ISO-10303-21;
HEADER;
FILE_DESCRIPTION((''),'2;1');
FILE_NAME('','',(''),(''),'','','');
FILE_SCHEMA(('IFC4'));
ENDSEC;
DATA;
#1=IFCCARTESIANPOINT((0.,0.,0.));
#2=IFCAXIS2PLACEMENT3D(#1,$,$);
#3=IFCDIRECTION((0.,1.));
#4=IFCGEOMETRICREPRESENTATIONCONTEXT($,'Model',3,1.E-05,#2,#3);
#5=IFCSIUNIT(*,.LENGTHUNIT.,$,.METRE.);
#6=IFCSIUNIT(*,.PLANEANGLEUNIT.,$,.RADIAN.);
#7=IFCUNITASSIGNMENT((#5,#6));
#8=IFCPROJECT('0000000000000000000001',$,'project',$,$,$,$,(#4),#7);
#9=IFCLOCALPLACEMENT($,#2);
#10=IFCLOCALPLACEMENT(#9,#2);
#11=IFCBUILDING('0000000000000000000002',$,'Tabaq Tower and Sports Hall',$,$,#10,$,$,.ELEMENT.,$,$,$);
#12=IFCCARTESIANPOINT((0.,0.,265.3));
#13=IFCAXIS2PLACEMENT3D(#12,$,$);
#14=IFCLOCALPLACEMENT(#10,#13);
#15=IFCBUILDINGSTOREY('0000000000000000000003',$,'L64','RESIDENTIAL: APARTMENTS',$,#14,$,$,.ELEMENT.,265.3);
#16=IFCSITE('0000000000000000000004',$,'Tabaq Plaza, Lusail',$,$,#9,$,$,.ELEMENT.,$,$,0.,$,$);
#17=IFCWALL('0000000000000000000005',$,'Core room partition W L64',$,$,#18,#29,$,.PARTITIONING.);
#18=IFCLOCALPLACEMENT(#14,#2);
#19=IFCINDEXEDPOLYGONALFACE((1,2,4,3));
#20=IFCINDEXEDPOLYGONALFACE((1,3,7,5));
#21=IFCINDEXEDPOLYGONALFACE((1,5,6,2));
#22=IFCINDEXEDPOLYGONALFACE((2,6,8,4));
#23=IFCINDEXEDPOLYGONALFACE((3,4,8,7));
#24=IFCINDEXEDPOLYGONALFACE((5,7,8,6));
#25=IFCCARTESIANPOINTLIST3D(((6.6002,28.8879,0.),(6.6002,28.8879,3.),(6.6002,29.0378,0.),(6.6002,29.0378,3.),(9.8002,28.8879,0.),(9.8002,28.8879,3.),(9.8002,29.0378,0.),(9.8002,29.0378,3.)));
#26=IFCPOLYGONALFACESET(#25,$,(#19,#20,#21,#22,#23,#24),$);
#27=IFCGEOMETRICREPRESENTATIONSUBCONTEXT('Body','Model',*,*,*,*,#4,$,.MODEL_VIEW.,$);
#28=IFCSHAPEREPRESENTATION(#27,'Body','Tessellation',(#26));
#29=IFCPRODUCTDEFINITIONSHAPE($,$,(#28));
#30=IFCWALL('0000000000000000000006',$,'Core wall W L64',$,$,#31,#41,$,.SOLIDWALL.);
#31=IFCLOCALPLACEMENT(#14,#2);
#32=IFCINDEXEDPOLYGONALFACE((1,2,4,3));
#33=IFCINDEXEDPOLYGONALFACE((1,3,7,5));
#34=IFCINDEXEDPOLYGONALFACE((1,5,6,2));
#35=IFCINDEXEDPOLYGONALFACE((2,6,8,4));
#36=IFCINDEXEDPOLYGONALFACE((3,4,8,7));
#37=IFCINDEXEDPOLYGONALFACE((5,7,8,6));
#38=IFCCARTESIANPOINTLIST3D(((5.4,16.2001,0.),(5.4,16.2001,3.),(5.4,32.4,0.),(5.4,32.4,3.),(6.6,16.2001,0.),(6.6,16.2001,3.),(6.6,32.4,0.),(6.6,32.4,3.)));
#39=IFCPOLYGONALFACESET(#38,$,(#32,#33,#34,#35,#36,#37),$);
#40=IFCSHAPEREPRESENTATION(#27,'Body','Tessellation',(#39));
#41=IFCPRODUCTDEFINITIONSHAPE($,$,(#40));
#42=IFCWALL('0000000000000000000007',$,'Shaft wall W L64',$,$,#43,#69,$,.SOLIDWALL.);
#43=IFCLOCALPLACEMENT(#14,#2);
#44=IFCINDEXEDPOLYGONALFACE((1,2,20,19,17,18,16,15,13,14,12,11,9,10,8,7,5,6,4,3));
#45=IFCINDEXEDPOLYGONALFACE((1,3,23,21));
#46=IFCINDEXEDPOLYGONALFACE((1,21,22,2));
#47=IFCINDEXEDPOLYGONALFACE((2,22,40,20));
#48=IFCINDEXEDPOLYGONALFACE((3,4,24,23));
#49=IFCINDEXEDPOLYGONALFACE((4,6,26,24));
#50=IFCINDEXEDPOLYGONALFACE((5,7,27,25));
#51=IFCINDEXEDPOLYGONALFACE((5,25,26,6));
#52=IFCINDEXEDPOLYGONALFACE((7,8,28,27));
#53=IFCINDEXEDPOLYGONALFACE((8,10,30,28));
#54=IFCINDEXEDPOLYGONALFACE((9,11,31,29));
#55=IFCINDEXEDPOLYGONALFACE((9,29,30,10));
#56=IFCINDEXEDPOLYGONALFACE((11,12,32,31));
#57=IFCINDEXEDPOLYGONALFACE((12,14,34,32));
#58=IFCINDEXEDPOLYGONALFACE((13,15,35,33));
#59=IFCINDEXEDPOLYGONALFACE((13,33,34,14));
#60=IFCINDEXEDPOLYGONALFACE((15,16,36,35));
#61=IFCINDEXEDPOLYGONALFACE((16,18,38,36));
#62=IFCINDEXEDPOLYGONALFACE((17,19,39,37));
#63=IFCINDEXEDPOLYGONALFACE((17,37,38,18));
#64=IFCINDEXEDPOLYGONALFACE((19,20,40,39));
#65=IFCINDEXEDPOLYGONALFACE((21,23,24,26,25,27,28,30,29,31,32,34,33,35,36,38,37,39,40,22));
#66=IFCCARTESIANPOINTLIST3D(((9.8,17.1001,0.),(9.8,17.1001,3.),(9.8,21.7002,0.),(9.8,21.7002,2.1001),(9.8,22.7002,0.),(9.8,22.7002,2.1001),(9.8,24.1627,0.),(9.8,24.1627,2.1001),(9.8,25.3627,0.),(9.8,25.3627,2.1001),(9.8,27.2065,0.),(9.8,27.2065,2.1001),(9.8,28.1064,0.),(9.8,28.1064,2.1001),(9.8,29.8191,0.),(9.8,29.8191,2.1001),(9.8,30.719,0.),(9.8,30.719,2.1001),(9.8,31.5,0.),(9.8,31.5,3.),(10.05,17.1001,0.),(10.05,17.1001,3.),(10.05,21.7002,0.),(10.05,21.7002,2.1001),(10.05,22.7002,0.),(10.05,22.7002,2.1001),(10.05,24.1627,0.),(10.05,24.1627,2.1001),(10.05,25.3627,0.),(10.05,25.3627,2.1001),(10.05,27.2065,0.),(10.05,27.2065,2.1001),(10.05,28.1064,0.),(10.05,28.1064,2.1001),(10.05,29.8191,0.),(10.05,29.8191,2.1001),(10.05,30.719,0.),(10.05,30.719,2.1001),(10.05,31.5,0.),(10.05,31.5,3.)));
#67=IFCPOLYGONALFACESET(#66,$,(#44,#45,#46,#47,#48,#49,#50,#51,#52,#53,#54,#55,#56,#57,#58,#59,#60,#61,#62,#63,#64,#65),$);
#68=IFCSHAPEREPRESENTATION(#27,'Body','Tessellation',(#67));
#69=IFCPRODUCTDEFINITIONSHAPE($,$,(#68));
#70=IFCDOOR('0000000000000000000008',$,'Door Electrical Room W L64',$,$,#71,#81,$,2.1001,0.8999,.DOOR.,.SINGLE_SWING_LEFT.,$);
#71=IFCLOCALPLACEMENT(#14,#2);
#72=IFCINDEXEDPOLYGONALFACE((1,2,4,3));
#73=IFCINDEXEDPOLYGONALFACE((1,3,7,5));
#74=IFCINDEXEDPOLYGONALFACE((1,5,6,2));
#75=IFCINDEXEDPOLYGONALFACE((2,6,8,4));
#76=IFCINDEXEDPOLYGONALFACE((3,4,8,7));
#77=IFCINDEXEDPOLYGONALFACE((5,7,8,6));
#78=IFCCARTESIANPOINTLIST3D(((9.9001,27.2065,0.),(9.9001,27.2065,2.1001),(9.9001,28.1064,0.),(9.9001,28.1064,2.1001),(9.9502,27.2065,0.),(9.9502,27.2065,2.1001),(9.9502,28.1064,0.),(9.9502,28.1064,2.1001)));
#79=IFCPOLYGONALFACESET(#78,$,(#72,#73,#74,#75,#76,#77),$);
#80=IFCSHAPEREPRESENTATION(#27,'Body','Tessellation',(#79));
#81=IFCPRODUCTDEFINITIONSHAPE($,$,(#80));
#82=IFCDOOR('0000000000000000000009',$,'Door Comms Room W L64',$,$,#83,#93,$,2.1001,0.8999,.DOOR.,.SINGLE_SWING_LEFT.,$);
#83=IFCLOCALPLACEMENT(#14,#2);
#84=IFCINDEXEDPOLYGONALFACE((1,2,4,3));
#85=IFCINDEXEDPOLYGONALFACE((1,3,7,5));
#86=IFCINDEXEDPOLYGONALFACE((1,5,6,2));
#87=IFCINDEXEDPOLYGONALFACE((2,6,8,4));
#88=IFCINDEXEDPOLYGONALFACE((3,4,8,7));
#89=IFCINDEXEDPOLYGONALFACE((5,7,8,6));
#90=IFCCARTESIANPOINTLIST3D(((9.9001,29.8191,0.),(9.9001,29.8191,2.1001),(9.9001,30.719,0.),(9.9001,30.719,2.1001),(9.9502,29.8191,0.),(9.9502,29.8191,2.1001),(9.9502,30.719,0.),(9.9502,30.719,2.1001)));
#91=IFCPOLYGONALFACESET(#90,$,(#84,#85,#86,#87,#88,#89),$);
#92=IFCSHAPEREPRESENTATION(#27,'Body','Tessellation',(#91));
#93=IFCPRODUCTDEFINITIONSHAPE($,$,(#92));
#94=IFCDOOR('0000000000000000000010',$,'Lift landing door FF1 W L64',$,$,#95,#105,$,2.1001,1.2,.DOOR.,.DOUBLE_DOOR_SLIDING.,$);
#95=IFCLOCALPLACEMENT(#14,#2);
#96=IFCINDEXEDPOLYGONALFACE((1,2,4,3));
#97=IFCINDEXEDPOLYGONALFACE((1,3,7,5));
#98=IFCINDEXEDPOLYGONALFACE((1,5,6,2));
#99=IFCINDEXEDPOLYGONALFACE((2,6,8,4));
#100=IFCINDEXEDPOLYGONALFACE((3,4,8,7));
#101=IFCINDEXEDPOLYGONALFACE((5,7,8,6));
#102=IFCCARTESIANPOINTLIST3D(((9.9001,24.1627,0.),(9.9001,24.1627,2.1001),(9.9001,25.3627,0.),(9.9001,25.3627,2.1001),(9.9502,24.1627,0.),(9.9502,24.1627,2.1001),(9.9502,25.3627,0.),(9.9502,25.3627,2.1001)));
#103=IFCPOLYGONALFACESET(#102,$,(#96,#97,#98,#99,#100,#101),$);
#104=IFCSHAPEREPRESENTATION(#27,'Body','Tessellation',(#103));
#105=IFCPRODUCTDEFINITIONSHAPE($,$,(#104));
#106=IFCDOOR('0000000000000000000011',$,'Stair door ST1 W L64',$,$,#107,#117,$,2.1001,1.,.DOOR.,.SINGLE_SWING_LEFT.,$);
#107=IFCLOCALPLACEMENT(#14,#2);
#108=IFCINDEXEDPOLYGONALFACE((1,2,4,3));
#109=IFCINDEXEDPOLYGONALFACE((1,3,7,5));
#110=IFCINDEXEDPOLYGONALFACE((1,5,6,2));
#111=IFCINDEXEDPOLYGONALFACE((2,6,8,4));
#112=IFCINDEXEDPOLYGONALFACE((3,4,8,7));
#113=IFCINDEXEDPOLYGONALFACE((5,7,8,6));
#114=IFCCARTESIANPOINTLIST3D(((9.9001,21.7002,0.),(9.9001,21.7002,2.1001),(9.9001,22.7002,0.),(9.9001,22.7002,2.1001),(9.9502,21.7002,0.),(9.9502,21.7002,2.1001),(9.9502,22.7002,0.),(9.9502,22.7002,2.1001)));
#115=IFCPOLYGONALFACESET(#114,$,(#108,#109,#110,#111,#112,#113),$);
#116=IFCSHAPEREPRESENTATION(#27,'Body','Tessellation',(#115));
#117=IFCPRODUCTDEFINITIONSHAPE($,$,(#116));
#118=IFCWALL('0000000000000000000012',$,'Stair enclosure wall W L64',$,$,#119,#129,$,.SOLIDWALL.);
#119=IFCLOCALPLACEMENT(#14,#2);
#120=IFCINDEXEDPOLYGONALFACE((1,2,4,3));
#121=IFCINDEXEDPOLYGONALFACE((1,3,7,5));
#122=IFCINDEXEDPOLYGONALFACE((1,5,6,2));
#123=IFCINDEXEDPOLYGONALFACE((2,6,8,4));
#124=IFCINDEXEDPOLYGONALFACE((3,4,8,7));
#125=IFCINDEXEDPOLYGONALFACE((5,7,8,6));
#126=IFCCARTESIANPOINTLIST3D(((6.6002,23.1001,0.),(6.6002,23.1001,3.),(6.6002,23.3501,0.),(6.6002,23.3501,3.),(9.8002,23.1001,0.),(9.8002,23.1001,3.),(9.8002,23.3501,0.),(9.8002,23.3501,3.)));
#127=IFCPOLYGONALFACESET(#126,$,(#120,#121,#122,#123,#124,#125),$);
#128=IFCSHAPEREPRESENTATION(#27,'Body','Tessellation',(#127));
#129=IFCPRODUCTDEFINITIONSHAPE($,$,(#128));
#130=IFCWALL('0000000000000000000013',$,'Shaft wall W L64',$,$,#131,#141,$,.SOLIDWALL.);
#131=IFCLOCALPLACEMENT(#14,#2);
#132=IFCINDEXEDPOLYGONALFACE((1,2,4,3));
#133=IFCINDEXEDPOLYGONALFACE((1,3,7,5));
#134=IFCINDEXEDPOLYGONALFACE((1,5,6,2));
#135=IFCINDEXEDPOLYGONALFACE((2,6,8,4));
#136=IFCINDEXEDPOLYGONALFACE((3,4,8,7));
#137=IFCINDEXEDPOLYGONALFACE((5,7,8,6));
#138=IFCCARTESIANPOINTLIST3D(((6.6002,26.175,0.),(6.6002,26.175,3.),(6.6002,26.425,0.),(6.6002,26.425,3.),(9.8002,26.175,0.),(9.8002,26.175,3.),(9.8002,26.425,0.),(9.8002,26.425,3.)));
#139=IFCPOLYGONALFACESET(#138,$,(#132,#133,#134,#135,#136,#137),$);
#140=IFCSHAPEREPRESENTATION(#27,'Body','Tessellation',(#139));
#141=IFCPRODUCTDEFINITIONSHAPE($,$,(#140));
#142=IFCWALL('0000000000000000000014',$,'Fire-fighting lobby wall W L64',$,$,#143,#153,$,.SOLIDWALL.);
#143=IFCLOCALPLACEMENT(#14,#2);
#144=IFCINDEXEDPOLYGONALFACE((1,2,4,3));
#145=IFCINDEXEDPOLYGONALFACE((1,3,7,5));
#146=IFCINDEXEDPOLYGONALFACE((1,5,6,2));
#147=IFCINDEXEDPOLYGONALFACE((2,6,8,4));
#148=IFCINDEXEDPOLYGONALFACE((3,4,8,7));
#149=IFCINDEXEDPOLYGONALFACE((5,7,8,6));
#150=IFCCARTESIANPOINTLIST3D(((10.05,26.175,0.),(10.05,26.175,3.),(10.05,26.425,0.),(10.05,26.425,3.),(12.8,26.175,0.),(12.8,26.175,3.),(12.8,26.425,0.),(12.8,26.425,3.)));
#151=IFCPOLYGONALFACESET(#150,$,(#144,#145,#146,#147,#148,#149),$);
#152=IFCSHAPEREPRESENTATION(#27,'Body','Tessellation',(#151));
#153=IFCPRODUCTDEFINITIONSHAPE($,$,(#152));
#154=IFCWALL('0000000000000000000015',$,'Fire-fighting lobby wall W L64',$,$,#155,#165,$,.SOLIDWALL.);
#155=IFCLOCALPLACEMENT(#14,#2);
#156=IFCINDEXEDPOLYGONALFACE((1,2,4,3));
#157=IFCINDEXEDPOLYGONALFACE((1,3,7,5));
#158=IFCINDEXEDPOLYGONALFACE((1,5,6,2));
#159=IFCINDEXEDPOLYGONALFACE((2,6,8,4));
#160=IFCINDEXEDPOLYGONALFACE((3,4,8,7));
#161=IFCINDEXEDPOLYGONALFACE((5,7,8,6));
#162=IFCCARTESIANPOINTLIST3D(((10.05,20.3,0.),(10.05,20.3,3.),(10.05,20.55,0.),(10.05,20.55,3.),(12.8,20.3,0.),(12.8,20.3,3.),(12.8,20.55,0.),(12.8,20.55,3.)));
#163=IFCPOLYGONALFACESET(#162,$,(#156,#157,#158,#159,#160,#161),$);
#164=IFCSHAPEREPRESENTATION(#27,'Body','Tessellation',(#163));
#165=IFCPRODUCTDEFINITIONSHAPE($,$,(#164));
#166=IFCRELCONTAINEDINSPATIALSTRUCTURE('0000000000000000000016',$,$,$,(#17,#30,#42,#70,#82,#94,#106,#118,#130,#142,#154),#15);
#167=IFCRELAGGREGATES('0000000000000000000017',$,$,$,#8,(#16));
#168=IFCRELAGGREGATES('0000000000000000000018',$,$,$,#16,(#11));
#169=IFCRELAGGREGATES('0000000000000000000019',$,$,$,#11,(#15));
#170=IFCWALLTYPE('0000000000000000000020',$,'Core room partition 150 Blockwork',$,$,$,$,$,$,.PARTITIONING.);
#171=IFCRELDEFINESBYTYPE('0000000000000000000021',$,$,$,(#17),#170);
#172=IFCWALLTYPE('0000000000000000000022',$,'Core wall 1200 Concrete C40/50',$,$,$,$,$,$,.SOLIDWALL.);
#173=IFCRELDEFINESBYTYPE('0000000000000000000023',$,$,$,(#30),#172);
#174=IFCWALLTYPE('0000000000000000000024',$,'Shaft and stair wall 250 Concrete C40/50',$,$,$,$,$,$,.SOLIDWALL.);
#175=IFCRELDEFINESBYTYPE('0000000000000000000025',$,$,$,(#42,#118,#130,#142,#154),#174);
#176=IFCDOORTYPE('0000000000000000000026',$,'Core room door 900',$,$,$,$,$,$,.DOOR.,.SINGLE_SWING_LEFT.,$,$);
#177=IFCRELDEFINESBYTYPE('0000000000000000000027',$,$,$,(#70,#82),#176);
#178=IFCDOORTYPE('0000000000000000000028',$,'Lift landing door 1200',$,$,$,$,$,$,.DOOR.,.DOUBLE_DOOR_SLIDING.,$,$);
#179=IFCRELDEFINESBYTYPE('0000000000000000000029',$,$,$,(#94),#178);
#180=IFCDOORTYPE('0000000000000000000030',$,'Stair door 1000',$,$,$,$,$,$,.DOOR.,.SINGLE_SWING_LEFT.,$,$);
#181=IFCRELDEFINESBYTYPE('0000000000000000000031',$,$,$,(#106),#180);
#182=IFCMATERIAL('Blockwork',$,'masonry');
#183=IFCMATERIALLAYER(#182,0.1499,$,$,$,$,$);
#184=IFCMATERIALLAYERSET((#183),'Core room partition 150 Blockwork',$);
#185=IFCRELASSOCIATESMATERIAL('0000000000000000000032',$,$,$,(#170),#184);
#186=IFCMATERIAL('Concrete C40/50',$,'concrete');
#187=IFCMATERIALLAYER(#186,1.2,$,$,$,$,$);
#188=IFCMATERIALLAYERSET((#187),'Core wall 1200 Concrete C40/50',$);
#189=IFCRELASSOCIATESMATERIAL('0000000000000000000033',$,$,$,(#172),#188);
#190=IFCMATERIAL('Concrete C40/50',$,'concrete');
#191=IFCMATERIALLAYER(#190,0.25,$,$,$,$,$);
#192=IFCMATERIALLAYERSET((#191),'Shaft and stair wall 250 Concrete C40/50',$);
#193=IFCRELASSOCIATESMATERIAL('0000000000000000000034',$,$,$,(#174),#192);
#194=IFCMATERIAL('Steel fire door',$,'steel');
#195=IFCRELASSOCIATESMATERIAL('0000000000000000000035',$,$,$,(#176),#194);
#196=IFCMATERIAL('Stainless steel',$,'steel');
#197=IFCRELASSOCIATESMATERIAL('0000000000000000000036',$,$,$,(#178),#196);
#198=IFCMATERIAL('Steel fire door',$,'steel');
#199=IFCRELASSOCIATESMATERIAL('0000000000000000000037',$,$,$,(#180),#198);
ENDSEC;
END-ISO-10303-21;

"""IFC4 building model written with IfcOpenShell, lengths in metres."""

from ifc_helpers import new_model, si_unit, direction, frame, frame_2d, origin, place, context, subcontext, project, spatial, rectangle, extrude, material, layer, layer_set, type_object, element, fill, save


model = new_model("IFC4")

# Units and contexts
model_context = context("Model", 3, precision=1e-05, world=origin(), true_north=direction((0.0, 1.0)))
body_context = subcontext(model_context, "Body", "Model", "MODEL_VIEW")
ifc_project = project(units=[si_unit("LENGTHUNIT", "METRE"), si_unit("PLANEANGLEUNIT", "RADIAN")], contexts=[model_context])

# Site, building, storey
site_placement = place(None, origin())
site = spatial("IfcSite", under=ifc_project, at=site_placement, Name="Tabaq Plaza, Lusail", CompositionType="ELEMENT", RefElevation=0.0)
building_placement = place(site_placement, origin())
building = spatial("IfcBuilding", under=site, at=building_placement, Name="Tabaq Tower and Sports Hall", CompositionType="ELEMENT")
storey_placement = place(building_placement, frame((0.0, 0.0, 265.3)))
storey = spatial("IfcBuildingStorey", under=building, at=storey_placement, Name="L64", Description="RESIDENTIAL: APARTMENTS", CompositionType="ELEMENT", Elevation=265.3)

# Walls
ifc_material_1 = material(Name="Blockwork", Category="masonry")
ifc_layer_1 = layer(ifc_material_1, 0.1499)
ifc_layer_set_1 = layer_set([ifc_layer_1], Name="Core room partition 150 Blockwork")
wall_type_1 = type_object("IfcWallType", Name="Core room partition 150 Blockwork", PredefinedType="PARTITIONING", material=ifc_layer_set_1)
wall_1_placement = place(storey_placement, frame((6.6001, 28.9629, 0.0), z_axis=(0.0, 0.0, 1.0), x_axis=(1.0, 0.0, 0.0)))
element("IfcWall", 1, at=wall_1_placement, inside=storey, type_object=wall_type_1, Name="Core room partition W L64", PredefinedType="PARTITIONING", context=body_context, shape_type="SweptSolid", body=[
    extrude(rectangle(XDim=3.2, YDim=0.1499, at=frame_2d((1.6001, 0.0))), origin(), (0.0, 0.0, 1.0), 3.0),
])
ifc_material_2 = material(Name="Concrete C40/50", Category="concrete")
ifc_layer_2 = layer(ifc_material_2, 1.2)
ifc_layer_set_2 = layer_set([ifc_layer_2], Name="Core wall 1200 Concrete C40/50")
wall_type_2 = type_object("IfcWallType", Name="Core wall 1200 Concrete C40/50", PredefinedType="SOLIDWALL", material=ifc_layer_set_2)
wall_2_placement = place(storey_placement, frame((6.0, 16.2, 0.0), z_axis=(0.0, 0.0, 1.0), x_axis=(0.0, 1.0, 0.0)))
element("IfcWall", 2, at=wall_2_placement, inside=storey, type_object=wall_type_2, Name="Core wall W L64", PredefinedType="SOLIDWALL", context=body_context, shape_type="SweptSolid", body=[
    extrude(rectangle(XDim=16.2, YDim=1.2, at=frame_2d((8.1001, 0.0))), origin(), (0.0, 0.0, 1.0), 3.0),
])

# Wall, openings, doors
ifc_material_3 = material(Name="Concrete C40/50", Category="concrete")
ifc_layer_3 = layer(ifc_material_3, 0.25)
ifc_layer_set_3 = layer_set([ifc_layer_3], Name="Shaft and stair wall 250 Concrete C40/50")
wall_type_3 = type_object("IfcWallType", Name="Shaft and stair wall 250 Concrete C40/50", PredefinedType="SOLIDWALL", material=ifc_layer_set_3)
wall_3_placement = place(storey_placement, frame((9.925, 17.1001, 0.0), z_axis=(0.0, 0.0, 1.0), x_axis=(0.0, 1.0, 0.0)))
wall_3 = element("IfcWall", 3, at=wall_3_placement, inside=storey, type_object=wall_type_3, Name="Shaft wall W L64", PredefinedType="SOLIDWALL", context=body_context, shape_type="SweptSolid", body=[
    extrude(rectangle(XDim=14.3999, YDim=0.25, at=frame_2d((7.2, 0.0))), origin(), (0.0, 0.0, 1.0), 3.0),
])
opening_1_placement = place(wall_3_placement, frame((4.6001, 0.0, 0.0)))
opening_1 = element("IfcOpeningElement", 4, at=opening_1_placement, cuts=wall_3, PredefinedType="OPENING", context=body_context, shape_type="SweptSolid", body=[
    extrude(rectangle(XDim=1.0, YDim=2.1001, at=frame_2d((0.5, 1.05))), frame((0.0, 0.125, 0.0), z_axis=(0.0, -1.0, 0.0), x_axis=(1.0, 0.0, 0.0)), (0.0, 0.0, 1.0), 0.25),
])
opening_2_placement = place(wall_3_placement, frame((7.0625, 0.0, 0.0)))
opening_2 = element("IfcOpeningElement", 5, at=opening_2_placement, cuts=wall_3, PredefinedType="OPENING", context=body_context, shape_type="SweptSolid", body=[
    extrude(rectangle(XDim=1.2, YDim=2.1001, at=frame_2d((0.6001, 1.05))), frame((0.0, 0.125, 0.0), z_axis=(0.0, -1.0, 0.0), x_axis=(1.0, 0.0, 0.0)), (0.0, 0.0, 1.0), 0.25),
])
opening_3_placement = place(wall_3_placement, frame((10.1064, 0.0, 0.0)))
opening_3 = element("IfcOpeningElement", 6, at=opening_3_placement, cuts=wall_3, PredefinedType="OPENING", context=body_context, shape_type="SweptSolid", body=[
    extrude(rectangle(XDim=0.8999, YDim=2.1001, at=frame_2d((0.45, 1.05))), frame((0.0, 0.125, 0.0), z_axis=(0.0, -1.0, 0.0), x_axis=(1.0, 0.0, 0.0)), (0.0, 0.0, 1.0), 0.25),
])
opening_4_placement = place(wall_3_placement, frame((12.719, 0.0, 0.0)))
opening_4 = element("IfcOpeningElement", 7, at=opening_4_placement, cuts=wall_3, PredefinedType="OPENING", context=body_context, shape_type="SweptSolid", body=[
    extrude(rectangle(XDim=0.8999, YDim=2.1001, at=frame_2d((0.45, 1.05))), frame((0.0, 0.125, 0.0), z_axis=(0.0, -1.0, 0.0), x_axis=(1.0, 0.0, 0.0)), (0.0, 0.0, 1.0), 0.25),
])
ifc_material_4 = material(Name="Steel fire door", Category="steel")
door_type_1 = type_object("IfcDoorType", Name="Core room door 900", OperationType="SINGLE_SWING_LEFT", PredefinedType="DOOR", material=ifc_material_4)
door_1_placement = place(opening_3_placement, origin())
door_1 = element("IfcDoor", 8, at=door_1_placement, inside=storey, type_object=door_type_1, Name="Door Electrical Room W L64", OperationType="SINGLE_SWING_LEFT", OverallHeight=2.1001, OverallWidth=0.8999, PredefinedType="DOOR", context=body_context, shape_type="SweptSolid", body=[
    extrude(rectangle(XDim=0.8999, YDim=2.1001, at=frame_2d((0.45, 1.05))), frame((0.0, 0.0249, 0.0), z_axis=(0.0, -1.0, 0.0), x_axis=(1.0, 0.0, 0.0)), (0.0, 0.0, 1.0), 0.05),
])
fill(opening_3, door_1)
door_2_placement = place(opening_4_placement, origin())
door_2 = element("IfcDoor", 9, at=door_2_placement, inside=storey, type_object=door_type_1, Name="Door Comms Room W L64", OperationType="SINGLE_SWING_LEFT", OverallHeight=2.1001, OverallWidth=0.8999, PredefinedType="DOOR", context=body_context, shape_type="SweptSolid", body=[
    extrude(rectangle(XDim=0.8999, YDim=2.1001, at=frame_2d((0.45, 1.05))), frame((0.0, 0.0249, 0.0), z_axis=(0.0, -1.0, 0.0), x_axis=(1.0, 0.0, 0.0)), (0.0, 0.0, 1.0), 0.05),
])
fill(opening_4, door_2)
ifc_material_5 = material(Name="Stainless steel", Category="steel")
door_type_2 = type_object("IfcDoorType", Name="Lift landing door 1200", OperationType="DOUBLE_DOOR_SLIDING", PredefinedType="DOOR", material=ifc_material_5)
door_3_placement = place(opening_2_placement, origin())
door_3 = element("IfcDoor", 10, at=door_3_placement, inside=storey, type_object=door_type_2, Name="Lift landing door FF1 W L64", OperationType="DOUBLE_DOOR_SLIDING", OverallHeight=2.1001, OverallWidth=1.2, PredefinedType="DOOR", context=body_context, shape_type="SweptSolid", body=[
    extrude(rectangle(XDim=1.2, YDim=2.1001, at=frame_2d((0.6001, 1.05))), frame((0.0, 0.0249, 0.0), z_axis=(0.0, -1.0, 0.0), x_axis=(1.0, 0.0, 0.0)), (0.0, 0.0, 1.0), 0.05),
])
fill(opening_2, door_3)
ifc_material_6 = material(Name="Steel fire door", Category="steel")
door_type_3 = type_object("IfcDoorType", Name="Stair door 1000", OperationType="SINGLE_SWING_LEFT", PredefinedType="DOOR", material=ifc_material_6)
door_4_placement = place(opening_1_placement, origin())
door_4 = element("IfcDoor", 11, at=door_4_placement, inside=storey, type_object=door_type_3, Name="Stair door ST1 W L64", OperationType="SINGLE_SWING_LEFT", OverallHeight=2.1001, OverallWidth=1.0, PredefinedType="DOOR", context=body_context, shape_type="SweptSolid", body=[
    extrude(rectangle(XDim=1.0, YDim=2.1001, at=frame_2d((0.5, 1.05))), frame((0.0, 0.0249, 0.0), z_axis=(0.0, -1.0, 0.0), x_axis=(1.0, 0.0, 0.0)), (0.0, 0.0, 1.0), 0.05),
])
fill(opening_1, door_4)

# Walls
for number, where, z_axis, x_axis, name in (
    (12, (6.6001, 23.2251, 0.0), (0.0, 0.0, 1.0), (1.0, 0.0, 0.0), "Stair enclosure wall W L64"),
    (13, (6.6001, 26.3, 0.0), (0.0, 0.0, 1.0), (1.0, 0.0, 0.0), "Shaft wall W L64"),
):
    element("IfcWall", number, at=place(storey_placement, frame(where, z_axis=z_axis, x_axis=x_axis)), inside=storey, type_object=wall_type_3, Name=name, PredefinedType="SOLIDWALL", context=body_context, shape_type="SweptSolid", body=[
        extrude(rectangle(XDim=3.2, YDim=0.25, at=frame_2d((1.6001, 0.0))), origin(), (0.0, 0.0, 1.0), 3.0),
    ])
for number, where, z_axis, x_axis, name in (
    (14, (10.05, 26.3, 0.0), (0.0, 0.0, 1.0), (1.0, 0.0, 0.0), "Fire-fighting lobby wall W L64"),
    (15, (10.05, 20.425, 0.0), (0.0, 0.0, 1.0), (1.0, 0.0, 0.0), "Fire-fighting lobby wall W L64"),
):
    element("IfcWall", number, at=place(storey_placement, frame(where, z_axis=z_axis, x_axis=x_axis)), inside=storey, type_object=wall_type_3, Name=name, PredefinedType="SOLIDWALL", context=body_context, shape_type="SweptSolid", body=[
        extrude(rectangle(XDim=2.75, YDim=0.25, at=frame_2d((1.375, 0.0))), origin(), (0.0, 0.0, 1.0), 3.0),
    ])

save(model, "model.ifc")
